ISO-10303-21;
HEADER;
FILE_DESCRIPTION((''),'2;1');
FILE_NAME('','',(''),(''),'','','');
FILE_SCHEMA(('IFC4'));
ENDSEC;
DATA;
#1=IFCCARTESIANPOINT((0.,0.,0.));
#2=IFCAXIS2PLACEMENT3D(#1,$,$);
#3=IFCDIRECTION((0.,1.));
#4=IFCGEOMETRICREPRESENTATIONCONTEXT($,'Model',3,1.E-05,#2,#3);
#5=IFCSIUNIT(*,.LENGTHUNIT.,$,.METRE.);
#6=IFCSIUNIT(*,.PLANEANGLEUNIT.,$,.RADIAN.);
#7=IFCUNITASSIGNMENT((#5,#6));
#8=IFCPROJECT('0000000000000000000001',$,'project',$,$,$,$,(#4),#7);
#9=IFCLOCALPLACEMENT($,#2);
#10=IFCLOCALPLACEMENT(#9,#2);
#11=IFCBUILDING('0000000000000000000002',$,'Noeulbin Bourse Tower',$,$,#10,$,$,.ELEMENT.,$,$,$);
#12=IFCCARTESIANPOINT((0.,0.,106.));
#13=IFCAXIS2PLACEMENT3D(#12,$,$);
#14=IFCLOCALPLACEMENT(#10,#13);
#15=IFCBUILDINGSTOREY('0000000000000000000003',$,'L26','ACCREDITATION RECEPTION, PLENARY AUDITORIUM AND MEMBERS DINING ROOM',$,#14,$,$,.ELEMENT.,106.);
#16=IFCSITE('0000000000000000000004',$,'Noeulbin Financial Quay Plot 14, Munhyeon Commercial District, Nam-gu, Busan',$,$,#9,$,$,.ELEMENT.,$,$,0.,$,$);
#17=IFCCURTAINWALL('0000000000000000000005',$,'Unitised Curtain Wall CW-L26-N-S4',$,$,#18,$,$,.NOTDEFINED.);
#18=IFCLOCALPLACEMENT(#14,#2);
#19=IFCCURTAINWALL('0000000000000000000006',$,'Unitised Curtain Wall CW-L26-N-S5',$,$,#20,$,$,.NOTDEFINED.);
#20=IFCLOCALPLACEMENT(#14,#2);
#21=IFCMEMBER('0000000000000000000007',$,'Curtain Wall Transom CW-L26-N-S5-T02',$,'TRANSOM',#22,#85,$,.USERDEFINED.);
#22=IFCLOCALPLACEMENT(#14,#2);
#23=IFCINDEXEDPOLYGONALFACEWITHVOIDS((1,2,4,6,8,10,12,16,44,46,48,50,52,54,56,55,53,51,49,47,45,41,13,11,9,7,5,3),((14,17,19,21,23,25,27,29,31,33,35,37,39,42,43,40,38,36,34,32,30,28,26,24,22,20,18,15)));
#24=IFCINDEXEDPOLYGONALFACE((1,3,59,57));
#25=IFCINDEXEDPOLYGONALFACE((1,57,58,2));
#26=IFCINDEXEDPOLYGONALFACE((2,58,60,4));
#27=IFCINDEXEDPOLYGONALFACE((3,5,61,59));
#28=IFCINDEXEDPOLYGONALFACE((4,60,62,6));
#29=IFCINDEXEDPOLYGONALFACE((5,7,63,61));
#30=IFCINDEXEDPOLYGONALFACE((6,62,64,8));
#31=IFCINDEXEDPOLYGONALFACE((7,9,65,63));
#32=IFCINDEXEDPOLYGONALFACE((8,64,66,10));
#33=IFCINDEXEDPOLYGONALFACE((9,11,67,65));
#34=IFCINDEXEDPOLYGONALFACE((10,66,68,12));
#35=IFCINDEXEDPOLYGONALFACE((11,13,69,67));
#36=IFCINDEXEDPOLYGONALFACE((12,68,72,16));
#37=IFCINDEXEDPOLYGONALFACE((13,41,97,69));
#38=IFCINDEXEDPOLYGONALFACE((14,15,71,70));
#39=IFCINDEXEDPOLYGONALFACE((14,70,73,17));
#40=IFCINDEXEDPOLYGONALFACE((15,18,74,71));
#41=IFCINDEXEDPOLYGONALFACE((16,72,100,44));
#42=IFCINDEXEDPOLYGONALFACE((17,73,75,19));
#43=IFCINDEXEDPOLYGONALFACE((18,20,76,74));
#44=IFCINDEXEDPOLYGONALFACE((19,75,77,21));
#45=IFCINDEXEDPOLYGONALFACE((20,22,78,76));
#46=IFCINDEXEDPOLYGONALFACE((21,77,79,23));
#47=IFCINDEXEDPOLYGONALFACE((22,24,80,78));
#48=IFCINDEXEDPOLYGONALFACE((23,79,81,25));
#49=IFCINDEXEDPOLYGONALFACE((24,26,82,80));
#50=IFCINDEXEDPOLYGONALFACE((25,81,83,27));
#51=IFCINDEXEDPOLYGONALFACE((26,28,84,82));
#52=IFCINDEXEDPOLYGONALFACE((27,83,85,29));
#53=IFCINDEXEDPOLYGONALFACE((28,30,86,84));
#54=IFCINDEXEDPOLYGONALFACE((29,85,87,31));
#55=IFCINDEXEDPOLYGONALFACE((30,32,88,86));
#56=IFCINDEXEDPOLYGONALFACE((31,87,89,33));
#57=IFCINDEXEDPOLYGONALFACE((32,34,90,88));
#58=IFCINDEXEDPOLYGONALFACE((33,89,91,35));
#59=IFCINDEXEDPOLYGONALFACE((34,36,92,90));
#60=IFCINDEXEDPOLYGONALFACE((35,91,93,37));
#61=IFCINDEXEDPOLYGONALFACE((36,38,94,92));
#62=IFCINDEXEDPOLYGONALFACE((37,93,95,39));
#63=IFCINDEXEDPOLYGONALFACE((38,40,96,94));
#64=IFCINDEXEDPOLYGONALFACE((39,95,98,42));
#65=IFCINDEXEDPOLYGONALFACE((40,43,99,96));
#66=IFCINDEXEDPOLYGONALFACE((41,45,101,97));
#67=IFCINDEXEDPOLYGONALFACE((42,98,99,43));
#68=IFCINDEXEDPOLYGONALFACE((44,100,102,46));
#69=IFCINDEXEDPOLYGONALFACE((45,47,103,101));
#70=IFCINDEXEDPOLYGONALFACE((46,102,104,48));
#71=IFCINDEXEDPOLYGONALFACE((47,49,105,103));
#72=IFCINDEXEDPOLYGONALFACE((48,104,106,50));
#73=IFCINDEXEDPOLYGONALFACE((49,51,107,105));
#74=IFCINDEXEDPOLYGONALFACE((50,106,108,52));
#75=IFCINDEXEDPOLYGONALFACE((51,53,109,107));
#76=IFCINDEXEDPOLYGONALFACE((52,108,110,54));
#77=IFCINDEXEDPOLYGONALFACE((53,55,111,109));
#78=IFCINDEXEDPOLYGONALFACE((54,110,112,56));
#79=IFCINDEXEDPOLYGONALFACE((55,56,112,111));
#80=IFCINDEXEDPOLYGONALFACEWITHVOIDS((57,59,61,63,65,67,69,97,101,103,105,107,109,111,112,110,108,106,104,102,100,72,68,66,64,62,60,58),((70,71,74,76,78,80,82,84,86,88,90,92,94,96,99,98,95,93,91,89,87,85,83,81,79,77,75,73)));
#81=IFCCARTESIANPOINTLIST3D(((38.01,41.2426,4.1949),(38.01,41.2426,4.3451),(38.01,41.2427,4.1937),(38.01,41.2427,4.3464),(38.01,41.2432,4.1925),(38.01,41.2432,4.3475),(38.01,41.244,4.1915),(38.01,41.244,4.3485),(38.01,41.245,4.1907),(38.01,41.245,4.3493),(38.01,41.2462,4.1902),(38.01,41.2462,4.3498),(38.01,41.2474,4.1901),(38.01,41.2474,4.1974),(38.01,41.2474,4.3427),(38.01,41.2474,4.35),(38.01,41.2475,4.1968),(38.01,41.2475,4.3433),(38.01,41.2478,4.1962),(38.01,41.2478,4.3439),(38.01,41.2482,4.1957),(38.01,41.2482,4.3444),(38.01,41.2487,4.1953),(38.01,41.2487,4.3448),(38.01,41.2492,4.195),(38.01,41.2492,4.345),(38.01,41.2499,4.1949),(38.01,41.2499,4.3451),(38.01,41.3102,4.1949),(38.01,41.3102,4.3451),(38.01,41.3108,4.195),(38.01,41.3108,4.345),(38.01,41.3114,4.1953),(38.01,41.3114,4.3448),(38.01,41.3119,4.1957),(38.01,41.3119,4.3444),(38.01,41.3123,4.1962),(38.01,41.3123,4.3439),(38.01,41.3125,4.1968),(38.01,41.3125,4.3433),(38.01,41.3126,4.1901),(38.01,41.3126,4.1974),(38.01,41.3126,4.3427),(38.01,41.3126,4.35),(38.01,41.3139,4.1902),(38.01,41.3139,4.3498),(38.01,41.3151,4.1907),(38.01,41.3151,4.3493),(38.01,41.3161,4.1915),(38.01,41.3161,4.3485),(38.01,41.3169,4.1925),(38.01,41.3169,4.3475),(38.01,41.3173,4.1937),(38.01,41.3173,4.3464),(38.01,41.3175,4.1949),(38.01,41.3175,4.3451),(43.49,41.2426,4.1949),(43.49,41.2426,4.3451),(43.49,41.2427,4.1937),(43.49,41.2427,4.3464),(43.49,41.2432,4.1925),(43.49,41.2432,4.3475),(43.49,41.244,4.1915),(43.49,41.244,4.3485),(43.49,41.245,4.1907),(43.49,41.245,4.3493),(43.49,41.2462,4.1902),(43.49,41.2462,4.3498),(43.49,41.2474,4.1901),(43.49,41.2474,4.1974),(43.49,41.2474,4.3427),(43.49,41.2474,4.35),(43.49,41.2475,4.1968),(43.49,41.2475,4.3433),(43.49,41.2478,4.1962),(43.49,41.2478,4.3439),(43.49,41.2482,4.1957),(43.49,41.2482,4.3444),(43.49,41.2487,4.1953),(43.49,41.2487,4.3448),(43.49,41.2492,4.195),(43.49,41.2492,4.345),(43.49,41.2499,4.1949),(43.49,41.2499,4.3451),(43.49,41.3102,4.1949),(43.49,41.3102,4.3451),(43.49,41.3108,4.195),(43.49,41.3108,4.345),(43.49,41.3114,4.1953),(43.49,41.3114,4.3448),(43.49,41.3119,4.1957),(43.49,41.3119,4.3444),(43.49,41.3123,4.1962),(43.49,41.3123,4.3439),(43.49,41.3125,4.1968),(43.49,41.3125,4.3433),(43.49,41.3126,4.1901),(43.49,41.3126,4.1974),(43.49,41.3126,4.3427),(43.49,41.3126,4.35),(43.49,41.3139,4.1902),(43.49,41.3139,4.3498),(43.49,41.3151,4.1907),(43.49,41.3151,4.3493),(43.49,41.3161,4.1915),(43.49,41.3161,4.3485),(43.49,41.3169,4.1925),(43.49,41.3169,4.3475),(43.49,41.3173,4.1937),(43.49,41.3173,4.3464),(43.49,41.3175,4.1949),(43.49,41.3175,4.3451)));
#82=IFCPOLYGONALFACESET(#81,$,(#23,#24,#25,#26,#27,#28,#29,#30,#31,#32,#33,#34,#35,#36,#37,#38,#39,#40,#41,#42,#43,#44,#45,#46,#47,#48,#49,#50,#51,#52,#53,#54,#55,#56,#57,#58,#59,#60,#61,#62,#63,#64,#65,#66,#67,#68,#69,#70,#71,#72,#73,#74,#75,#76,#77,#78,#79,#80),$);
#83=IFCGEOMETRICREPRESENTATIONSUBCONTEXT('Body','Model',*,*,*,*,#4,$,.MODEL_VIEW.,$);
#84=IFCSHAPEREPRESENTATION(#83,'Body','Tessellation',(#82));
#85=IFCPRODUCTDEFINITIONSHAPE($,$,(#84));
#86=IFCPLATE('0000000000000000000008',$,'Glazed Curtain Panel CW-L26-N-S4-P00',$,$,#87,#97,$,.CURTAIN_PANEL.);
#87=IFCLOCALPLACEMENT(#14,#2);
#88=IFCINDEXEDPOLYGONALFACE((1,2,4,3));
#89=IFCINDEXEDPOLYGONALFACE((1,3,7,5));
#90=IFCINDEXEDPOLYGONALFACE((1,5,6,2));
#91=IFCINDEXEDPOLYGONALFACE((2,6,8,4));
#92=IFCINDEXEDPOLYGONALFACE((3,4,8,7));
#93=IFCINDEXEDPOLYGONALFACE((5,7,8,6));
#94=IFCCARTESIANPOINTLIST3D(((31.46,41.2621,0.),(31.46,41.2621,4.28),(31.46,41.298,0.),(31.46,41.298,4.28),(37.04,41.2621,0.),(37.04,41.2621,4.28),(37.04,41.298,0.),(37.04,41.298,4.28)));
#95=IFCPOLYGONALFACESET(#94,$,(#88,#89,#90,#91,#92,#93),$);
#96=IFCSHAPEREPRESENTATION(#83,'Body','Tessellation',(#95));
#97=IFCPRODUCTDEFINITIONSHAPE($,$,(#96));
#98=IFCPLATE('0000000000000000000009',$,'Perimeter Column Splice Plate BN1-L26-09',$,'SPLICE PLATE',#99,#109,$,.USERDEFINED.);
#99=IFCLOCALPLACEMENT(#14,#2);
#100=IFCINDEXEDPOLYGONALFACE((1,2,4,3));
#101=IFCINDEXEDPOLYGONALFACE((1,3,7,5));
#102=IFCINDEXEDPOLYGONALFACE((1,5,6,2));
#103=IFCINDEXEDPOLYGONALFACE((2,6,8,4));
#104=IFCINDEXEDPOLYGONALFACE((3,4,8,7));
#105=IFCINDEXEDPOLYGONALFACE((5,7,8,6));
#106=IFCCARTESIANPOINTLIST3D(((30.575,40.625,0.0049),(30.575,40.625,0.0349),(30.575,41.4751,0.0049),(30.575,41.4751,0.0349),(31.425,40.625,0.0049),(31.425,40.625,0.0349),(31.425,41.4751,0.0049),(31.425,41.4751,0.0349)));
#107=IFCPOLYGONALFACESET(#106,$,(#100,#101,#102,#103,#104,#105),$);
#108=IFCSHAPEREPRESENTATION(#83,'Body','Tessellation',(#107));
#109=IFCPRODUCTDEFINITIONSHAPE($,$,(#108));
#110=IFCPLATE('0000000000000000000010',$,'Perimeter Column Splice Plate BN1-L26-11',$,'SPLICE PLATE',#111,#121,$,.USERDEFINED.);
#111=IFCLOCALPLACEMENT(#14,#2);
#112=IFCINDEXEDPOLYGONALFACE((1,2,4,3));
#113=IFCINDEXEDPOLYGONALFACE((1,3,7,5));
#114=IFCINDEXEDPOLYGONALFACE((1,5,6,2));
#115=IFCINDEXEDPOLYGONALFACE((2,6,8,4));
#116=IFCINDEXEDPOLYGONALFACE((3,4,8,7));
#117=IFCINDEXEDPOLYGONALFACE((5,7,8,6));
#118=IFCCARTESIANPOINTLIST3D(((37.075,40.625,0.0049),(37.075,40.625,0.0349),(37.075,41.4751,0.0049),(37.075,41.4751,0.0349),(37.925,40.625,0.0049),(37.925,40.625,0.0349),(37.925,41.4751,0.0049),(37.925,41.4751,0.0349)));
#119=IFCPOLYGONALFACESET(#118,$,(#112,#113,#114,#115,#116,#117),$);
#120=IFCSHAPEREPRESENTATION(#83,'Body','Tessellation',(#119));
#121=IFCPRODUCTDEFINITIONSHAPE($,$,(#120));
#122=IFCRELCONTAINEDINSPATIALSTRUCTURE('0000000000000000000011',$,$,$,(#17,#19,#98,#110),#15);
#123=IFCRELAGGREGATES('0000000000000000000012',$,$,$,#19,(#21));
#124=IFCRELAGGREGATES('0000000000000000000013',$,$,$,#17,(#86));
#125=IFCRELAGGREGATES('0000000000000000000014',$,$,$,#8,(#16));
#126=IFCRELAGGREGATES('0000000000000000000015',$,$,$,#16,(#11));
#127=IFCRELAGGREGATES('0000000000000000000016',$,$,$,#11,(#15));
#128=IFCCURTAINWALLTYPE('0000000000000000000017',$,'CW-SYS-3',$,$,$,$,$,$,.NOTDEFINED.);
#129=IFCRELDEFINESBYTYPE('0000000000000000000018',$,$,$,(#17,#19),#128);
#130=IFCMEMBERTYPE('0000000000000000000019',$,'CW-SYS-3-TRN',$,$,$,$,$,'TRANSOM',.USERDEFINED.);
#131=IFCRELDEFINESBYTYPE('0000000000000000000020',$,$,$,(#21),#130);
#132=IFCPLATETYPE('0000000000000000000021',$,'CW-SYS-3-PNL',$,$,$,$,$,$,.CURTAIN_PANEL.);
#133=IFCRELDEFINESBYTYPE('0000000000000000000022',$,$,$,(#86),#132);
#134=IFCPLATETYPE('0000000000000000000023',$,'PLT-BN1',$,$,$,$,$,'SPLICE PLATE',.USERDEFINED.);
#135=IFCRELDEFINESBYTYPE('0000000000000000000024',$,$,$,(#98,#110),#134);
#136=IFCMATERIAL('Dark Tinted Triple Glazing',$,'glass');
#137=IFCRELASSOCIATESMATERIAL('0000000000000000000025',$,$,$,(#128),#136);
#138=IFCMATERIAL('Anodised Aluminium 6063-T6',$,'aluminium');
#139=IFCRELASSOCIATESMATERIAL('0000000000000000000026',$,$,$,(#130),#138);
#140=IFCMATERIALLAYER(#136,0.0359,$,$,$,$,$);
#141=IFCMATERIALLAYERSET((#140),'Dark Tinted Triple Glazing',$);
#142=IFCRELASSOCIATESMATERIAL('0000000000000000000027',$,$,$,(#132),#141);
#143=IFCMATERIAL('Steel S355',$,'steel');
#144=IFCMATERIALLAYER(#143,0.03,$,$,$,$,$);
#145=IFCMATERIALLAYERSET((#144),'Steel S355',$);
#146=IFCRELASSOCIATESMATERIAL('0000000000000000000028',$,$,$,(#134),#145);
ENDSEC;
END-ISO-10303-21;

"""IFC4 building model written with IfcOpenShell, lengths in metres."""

from ifc_helpers import new_model, si_unit, direction, frame, origin, origin_2d, place, context, subcontext, project, spatial, rectangle, hollow_rectangle, extrude, material, layer, layer_set, material_profile, profile_set, type_object, element, aggregate, save


model = new_model("IFC4")

# Units and contexts
model_context = context("Model", 3, precision=1e-05, world=origin(), true_north=direction((0.0, 1.0)))
body_context = subcontext(model_context, "Body", "Model", "MODEL_VIEW")
ifc_project = project(units=[si_unit("LENGTHUNIT", "METRE"), si_unit("PLANEANGLEUNIT", "RADIAN")], contexts=[model_context])

# Site, building, storey
site_placement = place(None, origin())
site = spatial("IfcSite", under=ifc_project, at=site_placement, Name="Noeulbin Financial Quay Plot 14, Munhyeon Commercial District, Nam-gu, Busan", CompositionType="ELEMENT", RefElevation=0.0)
building_placement = place(site_placement, origin())
building = spatial("IfcBuilding", under=site, at=building_placement, Name="Noeulbin Bourse Tower", CompositionType="ELEMENT")
storey_placement = place(building_placement, frame((0.0, 0.0, 106.0)))
storey = spatial("IfcBuildingStorey", under=building, at=storey_placement, Name="L26", Description="ACCREDITATION RECEPTION, PLENARY AUDITORIUM AND MEMBERS DINING ROOM", CompositionType="ELEMENT", Elevation=106.0)

# Shared definitions
ifc_material_1 = material(Name="Steel S355", Category="steel")

# Shared definitions
ifc_material_2 = material(Name="Dark Tinted Triple Glazing", Category="glass")
curtain_wall_type = type_object("IfcCurtainWallType", Name="CW-SYS-3", PredefinedType="NOTDEFINED", material=ifc_material_2)
ifc_material_3 = material(Name="Anodised Aluminium 6063-T6", Category="aluminium")

# Curtain wall
curtain_wall_1_placement = place(storey_placement, origin())
curtain_wall_1 = element("IfcCurtainWall", 1, at=curtain_wall_1_placement, inside=storey, type_object=curtain_wall_type, Name="Unitised Curtain Wall CW-L26-N-S4", PredefinedType="NOTDEFINED")

# Curtain wall
curtain_wall_2_placement = place(storey_placement, origin())
curtain_wall_2 = element("IfcCurtainWall", 2, at=curtain_wall_2_placement, inside=storey, type_object=curtain_wall_type, Name="Unitised Curtain Wall CW-L26-N-S5", PredefinedType="NOTDEFINED")

# Member
ifc_material_profile_1 = material_profile(ifc_material_3, hollow_rectangle(XDim=0.075, YDim=0.1599, WallThickness=0.0049, InnerFilletRadius=0.0024, OuterFilletRadius=0.0049, at=origin_2d()), Name="ALU-TRAN-75x160x5", Category="LoadBearing")
ifc_profile_set_1 = profile_set([ifc_material_profile_1], Name="Anodised Aluminium 6063-T6")
member_type_1 = type_object("IfcMemberType", Name="CW-SYS-3-TRN", ElementType="TRANSOM", PredefinedType="USERDEFINED", material=ifc_profile_set_1)
member_1_placement = place(storey_placement, frame((38.01, 41.28, 4.27), z_axis=(1.0, 0.0, 0.0), x_axis=(0.0, 1.0, 0.0)))
member_1 = element("IfcMember", 3, at=member_1_placement, type_object=member_type_1, Name="Curtain Wall Transom CW-L26-N-S5-T02", ObjectType="TRANSOM", PredefinedType="USERDEFINED", context=body_context, shape_type="SweptSolid", body=[
    extrude(hollow_rectangle(XDim=0.075, YDim=0.1599, WallThickness=0.0049, InnerFilletRadius=0.0024, OuterFilletRadius=0.0049, at=origin_2d()), origin(), (0.0, 0.0, 1.0), 5.48),
])
aggregate(curtain_wall_2, [member_1])

# Plate
ifc_layer_1 = layer(ifc_material_2, 0.0359)
ifc_layer_set_1 = layer_set([ifc_layer_1], Name="Dark Tinted Triple Glazing")
plate_type_1 = type_object("IfcPlateType", Name="CW-SYS-3-PNL", PredefinedType="CURTAIN_PANEL", material=ifc_layer_set_1)
plate_placement = place(storey_placement, frame((34.25, 41.28, 0.0), z_axis=(0.0, 0.0, 1.0), x_axis=(1.0, 0.0, 0.0)))
plate = element("IfcPlate", 4, at=plate_placement, type_object=plate_type_1, Name="Glazed Curtain Panel CW-L26-N-S4-P00", PredefinedType="CURTAIN_PANEL", context=body_context, shape_type="SweptSolid", body=[
    extrude(rectangle(XDim=5.5801, YDim=0.0359, at=origin_2d()), origin(), (0.0, 0.0, 1.0), 4.28),
])
aggregate(curtain_wall_1, [plate])

# Plates
ifc_layer_2 = layer(ifc_material_1, 0.03)
ifc_layer_set_2 = layer_set([ifc_layer_2], Name="Steel S355")
plate_type_2 = type_object("IfcPlateType", Name="PLT-BN1", ElementType="SPLICE PLATE", PredefinedType="USERDEFINED", material=ifc_layer_set_2)
for number, where, z_axis, x_axis, name in (
    (5, (31.0, 41.05, 0.0049), (0.0, 0.0, 1.0), (1.0, 0.0, 0.0), "Perimeter Column Splice Plate BN1-L26-09"),
    (6, (37.5, 41.05, 0.0049), (0.0, 0.0, 1.0), (1.0, 0.0, 0.0), "Perimeter Column Splice Plate BN1-L26-11"),
):
    element("IfcPlate", number, at=place(storey_placement, frame(where, z_axis=z_axis, x_axis=x_axis)), inside=storey, type_object=plate_type_2, Name=name, ObjectType="SPLICE PLATE", PredefinedType="USERDEFINED", context=body_context, shape_type="SweptSolid", body=[
        extrude(rectangle(XDim=0.8501, YDim=0.8501, at=origin_2d()), origin(), (0.0, 0.0, 1.0), 0.03),
    ])

save(model, "model.ifc")
